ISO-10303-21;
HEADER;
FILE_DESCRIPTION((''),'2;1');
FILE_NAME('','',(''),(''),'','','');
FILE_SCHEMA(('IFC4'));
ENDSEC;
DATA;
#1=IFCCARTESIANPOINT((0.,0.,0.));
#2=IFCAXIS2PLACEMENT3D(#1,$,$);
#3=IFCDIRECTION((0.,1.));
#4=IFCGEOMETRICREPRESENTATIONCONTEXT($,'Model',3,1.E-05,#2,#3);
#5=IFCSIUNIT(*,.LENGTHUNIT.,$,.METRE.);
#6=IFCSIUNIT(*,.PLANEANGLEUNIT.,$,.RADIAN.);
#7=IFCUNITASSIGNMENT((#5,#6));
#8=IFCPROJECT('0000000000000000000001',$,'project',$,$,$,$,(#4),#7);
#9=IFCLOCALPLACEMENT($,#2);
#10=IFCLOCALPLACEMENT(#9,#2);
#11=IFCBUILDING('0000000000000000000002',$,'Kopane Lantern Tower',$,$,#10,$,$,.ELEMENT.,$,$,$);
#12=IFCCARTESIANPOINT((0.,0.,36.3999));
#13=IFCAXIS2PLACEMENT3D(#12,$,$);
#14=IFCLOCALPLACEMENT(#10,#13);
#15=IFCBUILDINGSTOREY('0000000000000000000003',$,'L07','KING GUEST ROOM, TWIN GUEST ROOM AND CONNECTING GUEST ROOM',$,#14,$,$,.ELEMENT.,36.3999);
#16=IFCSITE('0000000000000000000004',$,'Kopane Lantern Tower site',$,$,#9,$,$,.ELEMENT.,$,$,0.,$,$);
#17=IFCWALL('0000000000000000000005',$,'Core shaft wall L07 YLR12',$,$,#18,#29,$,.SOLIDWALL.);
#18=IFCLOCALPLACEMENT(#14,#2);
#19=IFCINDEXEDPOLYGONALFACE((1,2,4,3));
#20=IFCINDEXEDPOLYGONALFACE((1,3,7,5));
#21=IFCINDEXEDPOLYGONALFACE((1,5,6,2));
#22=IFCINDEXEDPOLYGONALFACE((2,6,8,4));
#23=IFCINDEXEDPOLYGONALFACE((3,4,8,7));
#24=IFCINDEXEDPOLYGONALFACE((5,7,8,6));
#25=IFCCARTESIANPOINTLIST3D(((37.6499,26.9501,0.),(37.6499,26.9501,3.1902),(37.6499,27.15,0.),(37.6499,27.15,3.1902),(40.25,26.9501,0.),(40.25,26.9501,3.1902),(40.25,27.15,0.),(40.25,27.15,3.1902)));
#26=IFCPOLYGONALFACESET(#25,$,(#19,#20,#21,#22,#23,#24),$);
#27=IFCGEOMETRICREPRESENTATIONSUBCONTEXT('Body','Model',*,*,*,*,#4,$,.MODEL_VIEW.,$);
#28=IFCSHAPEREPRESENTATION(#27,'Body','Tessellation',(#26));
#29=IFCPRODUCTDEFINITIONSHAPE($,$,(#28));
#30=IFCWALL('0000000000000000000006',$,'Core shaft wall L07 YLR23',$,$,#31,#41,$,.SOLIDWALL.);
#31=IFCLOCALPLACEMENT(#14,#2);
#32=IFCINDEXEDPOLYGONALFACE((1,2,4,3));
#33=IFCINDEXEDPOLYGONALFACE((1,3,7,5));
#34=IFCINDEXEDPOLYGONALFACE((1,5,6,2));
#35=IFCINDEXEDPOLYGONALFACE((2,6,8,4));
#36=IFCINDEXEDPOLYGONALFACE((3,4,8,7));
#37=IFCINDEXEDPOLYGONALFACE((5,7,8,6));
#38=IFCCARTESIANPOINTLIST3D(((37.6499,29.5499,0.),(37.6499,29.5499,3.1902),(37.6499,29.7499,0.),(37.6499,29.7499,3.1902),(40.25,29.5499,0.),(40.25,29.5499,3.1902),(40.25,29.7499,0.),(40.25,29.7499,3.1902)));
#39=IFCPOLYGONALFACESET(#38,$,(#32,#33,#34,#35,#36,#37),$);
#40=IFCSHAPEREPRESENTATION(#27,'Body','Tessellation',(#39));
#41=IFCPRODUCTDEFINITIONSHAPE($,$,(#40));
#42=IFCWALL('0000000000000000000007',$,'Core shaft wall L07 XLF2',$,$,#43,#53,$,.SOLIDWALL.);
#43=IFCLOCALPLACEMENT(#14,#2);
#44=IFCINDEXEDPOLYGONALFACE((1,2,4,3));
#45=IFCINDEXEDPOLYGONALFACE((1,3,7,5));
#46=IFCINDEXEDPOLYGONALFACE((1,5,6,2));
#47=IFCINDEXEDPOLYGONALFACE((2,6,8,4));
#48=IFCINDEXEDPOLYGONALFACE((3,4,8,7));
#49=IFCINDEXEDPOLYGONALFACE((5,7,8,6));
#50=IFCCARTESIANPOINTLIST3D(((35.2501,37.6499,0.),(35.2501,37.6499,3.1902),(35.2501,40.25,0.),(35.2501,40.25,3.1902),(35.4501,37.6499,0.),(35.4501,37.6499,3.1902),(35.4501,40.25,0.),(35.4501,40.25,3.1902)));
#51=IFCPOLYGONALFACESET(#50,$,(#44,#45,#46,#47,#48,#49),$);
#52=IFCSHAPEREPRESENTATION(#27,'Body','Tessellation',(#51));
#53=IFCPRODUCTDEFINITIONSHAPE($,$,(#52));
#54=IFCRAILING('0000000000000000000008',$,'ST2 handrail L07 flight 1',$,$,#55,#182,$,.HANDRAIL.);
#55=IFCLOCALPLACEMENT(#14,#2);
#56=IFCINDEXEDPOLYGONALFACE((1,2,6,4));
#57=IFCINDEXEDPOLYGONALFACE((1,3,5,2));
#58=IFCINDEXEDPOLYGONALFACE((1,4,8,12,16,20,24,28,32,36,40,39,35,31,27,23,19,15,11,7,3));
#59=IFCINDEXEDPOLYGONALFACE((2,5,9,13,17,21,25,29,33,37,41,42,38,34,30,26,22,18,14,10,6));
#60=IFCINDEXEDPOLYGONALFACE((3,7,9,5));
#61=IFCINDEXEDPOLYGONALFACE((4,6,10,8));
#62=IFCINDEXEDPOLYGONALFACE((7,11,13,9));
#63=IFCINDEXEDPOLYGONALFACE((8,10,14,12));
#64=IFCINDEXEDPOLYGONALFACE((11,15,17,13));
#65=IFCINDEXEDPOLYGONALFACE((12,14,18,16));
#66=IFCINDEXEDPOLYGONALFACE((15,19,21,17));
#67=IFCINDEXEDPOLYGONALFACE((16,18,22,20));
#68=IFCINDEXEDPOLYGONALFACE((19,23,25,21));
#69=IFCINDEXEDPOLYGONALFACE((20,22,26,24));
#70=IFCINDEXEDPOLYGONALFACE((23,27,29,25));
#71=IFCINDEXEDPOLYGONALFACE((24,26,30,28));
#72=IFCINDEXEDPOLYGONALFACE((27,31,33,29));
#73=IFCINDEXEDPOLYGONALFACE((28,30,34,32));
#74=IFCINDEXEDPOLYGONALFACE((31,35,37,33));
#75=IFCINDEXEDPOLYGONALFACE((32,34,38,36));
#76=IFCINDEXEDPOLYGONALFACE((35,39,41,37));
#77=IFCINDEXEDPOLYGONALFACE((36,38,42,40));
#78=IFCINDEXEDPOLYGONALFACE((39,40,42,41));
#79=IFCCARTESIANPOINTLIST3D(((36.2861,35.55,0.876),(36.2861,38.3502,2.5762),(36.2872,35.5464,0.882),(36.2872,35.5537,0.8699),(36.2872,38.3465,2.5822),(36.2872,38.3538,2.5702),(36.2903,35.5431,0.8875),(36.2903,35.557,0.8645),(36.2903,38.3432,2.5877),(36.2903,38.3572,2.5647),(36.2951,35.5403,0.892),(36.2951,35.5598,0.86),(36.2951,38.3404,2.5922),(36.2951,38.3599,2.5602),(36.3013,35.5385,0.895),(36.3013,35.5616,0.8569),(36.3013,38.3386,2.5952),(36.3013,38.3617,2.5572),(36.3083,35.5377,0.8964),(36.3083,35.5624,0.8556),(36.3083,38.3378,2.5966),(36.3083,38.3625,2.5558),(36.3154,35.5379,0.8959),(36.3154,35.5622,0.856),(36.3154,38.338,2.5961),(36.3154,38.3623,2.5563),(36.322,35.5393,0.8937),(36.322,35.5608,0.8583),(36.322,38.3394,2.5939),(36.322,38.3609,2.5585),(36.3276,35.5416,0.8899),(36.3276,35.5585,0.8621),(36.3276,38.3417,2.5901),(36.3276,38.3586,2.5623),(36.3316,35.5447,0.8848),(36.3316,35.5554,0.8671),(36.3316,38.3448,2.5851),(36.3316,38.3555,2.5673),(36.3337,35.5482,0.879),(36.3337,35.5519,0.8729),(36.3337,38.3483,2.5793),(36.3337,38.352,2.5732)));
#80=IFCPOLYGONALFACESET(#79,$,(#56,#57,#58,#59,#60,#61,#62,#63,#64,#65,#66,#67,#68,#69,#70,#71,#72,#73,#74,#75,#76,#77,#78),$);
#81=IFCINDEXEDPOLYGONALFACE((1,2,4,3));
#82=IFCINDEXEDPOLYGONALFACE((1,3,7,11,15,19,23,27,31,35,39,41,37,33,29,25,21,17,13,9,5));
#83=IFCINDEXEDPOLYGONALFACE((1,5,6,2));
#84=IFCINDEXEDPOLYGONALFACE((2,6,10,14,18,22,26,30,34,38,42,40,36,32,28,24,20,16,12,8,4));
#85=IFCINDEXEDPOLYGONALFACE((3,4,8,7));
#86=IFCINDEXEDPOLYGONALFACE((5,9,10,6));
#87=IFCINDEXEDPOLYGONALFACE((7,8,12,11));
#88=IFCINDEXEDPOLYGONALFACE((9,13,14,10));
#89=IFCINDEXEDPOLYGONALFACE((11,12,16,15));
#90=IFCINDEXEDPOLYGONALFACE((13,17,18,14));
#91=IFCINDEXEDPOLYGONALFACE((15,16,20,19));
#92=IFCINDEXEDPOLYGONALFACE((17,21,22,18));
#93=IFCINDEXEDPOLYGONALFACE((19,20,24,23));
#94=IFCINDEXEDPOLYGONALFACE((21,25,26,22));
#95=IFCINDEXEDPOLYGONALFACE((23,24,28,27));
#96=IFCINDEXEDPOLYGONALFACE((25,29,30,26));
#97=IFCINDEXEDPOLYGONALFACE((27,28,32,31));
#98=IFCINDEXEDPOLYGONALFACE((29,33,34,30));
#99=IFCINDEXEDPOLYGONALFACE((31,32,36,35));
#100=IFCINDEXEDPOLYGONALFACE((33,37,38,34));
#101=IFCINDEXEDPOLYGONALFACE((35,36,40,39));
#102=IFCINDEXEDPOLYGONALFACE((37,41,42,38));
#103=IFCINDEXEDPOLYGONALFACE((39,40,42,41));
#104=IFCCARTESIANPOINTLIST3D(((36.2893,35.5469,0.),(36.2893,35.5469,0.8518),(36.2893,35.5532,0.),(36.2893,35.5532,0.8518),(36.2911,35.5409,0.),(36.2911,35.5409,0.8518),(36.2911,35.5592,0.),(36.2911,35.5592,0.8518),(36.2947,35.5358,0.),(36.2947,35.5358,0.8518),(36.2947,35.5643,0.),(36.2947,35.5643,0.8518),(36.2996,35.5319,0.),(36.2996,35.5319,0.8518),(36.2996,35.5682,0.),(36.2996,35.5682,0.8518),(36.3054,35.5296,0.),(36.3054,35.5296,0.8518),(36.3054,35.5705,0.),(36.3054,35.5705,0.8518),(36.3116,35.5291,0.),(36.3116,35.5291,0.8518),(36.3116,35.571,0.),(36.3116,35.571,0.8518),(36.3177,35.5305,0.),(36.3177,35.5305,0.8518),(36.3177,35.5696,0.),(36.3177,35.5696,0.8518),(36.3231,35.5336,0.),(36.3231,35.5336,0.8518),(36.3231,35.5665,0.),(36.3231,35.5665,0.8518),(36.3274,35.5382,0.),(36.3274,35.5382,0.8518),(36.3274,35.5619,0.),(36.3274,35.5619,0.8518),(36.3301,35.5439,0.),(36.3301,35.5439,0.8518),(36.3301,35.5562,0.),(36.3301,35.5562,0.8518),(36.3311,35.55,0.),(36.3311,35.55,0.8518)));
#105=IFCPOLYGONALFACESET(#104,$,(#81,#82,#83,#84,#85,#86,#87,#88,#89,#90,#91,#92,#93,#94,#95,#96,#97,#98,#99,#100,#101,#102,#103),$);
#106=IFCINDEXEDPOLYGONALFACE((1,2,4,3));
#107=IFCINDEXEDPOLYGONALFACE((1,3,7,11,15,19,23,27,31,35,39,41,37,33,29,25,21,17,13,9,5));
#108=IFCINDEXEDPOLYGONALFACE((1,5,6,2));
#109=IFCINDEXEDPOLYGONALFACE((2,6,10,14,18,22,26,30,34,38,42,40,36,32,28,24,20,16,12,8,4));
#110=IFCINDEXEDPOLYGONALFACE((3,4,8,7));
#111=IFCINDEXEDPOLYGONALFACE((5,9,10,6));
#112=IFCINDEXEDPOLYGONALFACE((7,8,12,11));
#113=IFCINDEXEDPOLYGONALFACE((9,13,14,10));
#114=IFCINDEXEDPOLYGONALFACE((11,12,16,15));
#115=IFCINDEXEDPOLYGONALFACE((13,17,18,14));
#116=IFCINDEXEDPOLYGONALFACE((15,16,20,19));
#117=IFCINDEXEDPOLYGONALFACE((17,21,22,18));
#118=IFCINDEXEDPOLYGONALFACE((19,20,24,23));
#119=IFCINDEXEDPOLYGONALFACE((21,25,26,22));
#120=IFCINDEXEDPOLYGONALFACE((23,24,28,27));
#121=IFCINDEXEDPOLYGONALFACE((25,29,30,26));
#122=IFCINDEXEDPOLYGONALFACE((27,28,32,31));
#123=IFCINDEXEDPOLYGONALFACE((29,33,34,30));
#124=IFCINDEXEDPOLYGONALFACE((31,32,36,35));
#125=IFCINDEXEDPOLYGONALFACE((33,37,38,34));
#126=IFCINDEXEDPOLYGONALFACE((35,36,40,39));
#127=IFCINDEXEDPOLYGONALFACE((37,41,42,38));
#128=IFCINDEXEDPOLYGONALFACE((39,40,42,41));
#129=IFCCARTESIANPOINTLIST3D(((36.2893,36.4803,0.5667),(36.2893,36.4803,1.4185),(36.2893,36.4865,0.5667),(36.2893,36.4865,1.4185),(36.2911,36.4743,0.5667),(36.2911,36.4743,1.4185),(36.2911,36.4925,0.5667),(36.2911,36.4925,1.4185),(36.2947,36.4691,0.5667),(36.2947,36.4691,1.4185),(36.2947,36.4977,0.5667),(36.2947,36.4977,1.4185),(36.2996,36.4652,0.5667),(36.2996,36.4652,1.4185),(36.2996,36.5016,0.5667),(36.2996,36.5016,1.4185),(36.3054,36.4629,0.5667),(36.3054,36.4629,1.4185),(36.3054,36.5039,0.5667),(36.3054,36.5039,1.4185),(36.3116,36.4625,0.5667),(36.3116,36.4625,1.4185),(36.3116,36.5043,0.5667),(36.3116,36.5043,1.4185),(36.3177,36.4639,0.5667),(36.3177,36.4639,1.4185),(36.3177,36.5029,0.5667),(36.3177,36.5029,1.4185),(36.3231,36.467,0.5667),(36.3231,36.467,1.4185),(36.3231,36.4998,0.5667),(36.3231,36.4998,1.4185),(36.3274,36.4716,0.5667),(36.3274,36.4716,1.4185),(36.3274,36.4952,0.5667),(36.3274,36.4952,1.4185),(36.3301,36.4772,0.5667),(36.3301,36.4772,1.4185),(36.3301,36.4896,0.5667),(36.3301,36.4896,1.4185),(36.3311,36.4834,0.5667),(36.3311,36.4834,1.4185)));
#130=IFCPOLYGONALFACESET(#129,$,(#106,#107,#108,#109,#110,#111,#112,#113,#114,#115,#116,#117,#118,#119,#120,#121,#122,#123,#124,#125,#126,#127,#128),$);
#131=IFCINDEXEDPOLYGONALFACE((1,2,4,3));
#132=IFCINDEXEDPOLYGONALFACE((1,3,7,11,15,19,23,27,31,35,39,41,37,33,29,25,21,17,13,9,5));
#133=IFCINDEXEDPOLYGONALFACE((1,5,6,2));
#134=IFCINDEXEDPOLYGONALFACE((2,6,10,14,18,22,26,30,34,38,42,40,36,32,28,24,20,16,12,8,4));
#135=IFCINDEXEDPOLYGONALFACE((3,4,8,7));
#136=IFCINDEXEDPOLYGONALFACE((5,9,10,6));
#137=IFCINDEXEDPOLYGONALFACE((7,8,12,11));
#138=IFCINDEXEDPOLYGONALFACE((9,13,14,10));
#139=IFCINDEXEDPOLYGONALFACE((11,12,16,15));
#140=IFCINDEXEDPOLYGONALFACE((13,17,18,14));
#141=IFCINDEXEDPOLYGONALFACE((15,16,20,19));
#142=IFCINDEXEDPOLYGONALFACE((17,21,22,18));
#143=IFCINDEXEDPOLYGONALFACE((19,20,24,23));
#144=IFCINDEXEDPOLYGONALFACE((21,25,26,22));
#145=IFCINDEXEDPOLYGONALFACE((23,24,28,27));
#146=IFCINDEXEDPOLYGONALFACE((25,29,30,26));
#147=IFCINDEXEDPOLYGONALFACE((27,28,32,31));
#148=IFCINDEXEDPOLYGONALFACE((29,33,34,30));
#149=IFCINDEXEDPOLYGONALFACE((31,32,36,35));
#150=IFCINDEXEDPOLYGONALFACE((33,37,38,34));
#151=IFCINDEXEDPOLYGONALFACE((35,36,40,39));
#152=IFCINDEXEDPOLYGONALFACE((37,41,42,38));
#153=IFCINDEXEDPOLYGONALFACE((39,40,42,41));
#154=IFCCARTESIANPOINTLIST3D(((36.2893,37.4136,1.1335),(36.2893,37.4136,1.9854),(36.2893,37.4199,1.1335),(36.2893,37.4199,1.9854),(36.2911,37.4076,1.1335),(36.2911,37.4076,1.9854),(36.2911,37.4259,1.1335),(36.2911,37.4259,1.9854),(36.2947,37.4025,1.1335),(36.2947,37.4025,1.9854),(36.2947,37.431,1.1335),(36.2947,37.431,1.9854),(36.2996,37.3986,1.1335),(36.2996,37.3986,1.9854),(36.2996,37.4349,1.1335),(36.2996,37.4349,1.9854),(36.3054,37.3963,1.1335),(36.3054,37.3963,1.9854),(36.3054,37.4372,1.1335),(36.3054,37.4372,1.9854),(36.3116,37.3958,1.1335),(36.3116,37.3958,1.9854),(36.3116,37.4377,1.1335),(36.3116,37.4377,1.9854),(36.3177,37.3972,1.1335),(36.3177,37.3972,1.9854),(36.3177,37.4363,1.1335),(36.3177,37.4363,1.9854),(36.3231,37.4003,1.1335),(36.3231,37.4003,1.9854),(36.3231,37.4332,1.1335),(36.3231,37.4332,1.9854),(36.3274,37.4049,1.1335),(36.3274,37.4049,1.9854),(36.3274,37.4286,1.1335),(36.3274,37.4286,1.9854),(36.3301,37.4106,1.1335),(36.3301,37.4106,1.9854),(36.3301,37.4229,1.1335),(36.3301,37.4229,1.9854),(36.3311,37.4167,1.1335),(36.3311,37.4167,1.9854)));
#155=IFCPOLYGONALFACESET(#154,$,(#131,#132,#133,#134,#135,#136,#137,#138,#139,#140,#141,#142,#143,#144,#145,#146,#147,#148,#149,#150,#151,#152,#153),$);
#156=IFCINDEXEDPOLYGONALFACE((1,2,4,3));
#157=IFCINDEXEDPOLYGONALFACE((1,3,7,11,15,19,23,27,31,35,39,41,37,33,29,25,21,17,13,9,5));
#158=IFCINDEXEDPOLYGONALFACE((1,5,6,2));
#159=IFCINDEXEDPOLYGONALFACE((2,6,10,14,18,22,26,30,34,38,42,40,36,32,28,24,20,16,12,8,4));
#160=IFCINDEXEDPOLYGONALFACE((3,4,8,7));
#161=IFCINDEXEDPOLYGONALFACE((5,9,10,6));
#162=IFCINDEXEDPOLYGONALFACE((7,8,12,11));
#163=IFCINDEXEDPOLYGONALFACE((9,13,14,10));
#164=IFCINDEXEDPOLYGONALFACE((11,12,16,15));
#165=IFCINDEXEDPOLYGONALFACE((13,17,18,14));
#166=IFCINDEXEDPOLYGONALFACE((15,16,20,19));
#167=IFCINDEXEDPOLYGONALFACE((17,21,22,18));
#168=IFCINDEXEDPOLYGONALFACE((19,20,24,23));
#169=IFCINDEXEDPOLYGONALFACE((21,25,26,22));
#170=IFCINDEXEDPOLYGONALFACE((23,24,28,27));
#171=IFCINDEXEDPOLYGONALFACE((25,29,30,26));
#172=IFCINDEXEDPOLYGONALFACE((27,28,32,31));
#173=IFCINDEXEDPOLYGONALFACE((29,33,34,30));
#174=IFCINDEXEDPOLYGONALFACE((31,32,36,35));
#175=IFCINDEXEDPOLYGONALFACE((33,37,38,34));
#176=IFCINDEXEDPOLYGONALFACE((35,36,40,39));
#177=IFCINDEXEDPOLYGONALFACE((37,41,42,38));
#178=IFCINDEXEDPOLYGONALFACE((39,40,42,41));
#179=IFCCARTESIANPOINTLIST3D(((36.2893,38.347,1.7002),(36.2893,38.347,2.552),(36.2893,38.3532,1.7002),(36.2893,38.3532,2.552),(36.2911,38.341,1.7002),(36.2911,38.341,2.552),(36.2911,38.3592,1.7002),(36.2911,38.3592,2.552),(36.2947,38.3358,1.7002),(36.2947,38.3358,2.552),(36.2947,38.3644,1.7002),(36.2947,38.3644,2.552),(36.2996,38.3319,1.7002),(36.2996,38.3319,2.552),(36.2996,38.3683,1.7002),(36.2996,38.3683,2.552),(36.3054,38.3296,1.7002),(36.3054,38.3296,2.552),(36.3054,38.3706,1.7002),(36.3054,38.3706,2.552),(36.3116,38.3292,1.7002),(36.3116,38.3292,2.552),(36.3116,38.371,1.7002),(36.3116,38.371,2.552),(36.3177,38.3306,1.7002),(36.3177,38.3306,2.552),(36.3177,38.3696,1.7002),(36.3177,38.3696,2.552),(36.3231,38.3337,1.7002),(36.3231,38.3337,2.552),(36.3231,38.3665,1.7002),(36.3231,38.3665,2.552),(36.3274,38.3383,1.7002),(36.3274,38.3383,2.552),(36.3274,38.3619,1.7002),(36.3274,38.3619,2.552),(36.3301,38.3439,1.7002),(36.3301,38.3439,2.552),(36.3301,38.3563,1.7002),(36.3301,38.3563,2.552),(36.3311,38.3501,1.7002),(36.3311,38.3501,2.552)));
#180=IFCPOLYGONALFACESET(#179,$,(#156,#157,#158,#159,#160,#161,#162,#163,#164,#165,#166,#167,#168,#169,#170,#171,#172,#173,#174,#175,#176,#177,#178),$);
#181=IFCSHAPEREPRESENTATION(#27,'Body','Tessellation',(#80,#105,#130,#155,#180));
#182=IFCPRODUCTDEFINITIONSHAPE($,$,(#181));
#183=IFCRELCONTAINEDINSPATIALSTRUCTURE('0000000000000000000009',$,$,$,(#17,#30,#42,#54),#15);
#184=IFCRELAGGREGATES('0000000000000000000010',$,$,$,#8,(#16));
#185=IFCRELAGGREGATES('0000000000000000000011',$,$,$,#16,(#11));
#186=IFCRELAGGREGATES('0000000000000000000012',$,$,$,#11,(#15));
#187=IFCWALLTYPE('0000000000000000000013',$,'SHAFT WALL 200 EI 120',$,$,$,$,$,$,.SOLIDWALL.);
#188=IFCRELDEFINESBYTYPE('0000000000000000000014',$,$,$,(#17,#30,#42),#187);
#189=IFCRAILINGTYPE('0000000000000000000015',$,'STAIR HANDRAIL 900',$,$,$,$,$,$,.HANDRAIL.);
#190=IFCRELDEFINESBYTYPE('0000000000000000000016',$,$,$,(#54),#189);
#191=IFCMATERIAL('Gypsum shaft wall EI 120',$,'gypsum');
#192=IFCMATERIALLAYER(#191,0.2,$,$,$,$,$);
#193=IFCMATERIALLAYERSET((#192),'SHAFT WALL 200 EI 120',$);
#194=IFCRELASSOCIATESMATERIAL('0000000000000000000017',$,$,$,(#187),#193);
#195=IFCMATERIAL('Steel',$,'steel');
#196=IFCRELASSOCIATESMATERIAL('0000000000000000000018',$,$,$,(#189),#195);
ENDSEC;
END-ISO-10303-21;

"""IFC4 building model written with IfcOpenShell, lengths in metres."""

from ifc_helpers import new_model, si_unit, direction, frame, frame_2d, origin, origin_2d, place, context, subcontext, project, spatial, rectangle, circle, extrude, material, layer, layer_set, type_object, element, save


model = new_model("IFC4")

# Units and contexts
model_context = context("Model", 3, precision=1e-05, world=origin(), true_north=direction((0.0, 1.0)))
body_context = subcontext(model_context, "Body", "Model", "MODEL_VIEW")
ifc_project = project(units=[si_unit("LENGTHUNIT", "METRE"), si_unit("PLANEANGLEUNIT", "RADIAN")], contexts=[model_context])

# Site, building, storey
site_placement = place(None, origin())
site = spatial("IfcSite", under=ifc_project, at=site_placement, Name="Kopane Lantern Tower site", CompositionType="ELEMENT", RefElevation=0.0)
building_placement = place(site_placement, origin())
building = spatial("IfcBuilding", under=site, at=building_placement, Name="Kopane Lantern Tower", CompositionType="ELEMENT")
storey_placement = place(building_placement, frame((0.0, 0.0, 36.3999)))
storey = spatial("IfcBuildingStorey", under=building, at=storey_placement, Name="L07", Description="KING GUEST ROOM, TWIN GUEST ROOM AND CONNECTING GUEST ROOM", CompositionType="ELEMENT", Elevation=36.3999)

# Shared definitions
ifc_material_1 = material(Name="Gypsum shaft wall EI 120", Category="gypsum")
ifc_layer_1 = layer(ifc_material_1, 0.2)
ifc_layer_set_1 = layer_set([ifc_layer_1], Name="SHAFT WALL 200 EI 120")
wall_type_1 = type_object("IfcWallType", Name="SHAFT WALL 200 EI 120", PredefinedType="SOLIDWALL", material=ifc_layer_set_1)

# Walls
for number, where, z_axis, x_axis, name in (
    (1, (37.6499, 27.05, 0.0), (0.0, 0.0, 1.0), (1.0, 0.0, 0.0), "Core shaft wall L07 YLR12"),
    (2, (37.6499, 29.6499, 0.0), (0.0, 0.0, 1.0), (1.0, 0.0, 0.0), "Core shaft wall L07 YLR23"),
    (3, (35.3501, 37.6499, 0.0), (0.0, 0.0, 1.0), (0.0, 1.0, 0.0), "Core shaft wall L07 XLF2"),
):
    element("IfcWall", number, at=place(storey_placement, frame(where, z_axis=z_axis, x_axis=x_axis)), inside=storey, type_object=wall_type_1, Name=name, PredefinedType="SOLIDWALL", context=body_context, shape_type="SweptSolid", body=[
        extrude(rectangle(XDim=2.6001, YDim=0.2, at=frame_2d((1.3, 0.0))), origin(), (0.0, 0.0, 1.0), 3.1902),
    ])

# Railing
ifc_material_2 = material(Name="Steel", Category="steel")
railing_type_1 = type_object("IfcRailingType", Name="STAIR HANDRAIL 900", PredefinedType="HANDRAIL", material=ifc_material_2)
for number, where, name in (
    (4, (36.3101, 35.55, 0.0), "ST2 handrail L07 flight 1"),
):
    element("IfcRailing", number, at=place(storey_placement, frame(where)), inside=storey, type_object=railing_type_1, Name=name, PredefinedType="HANDRAIL", context=body_context, shape_type="SweptSolid", body=[
        extrude(circle(Radius=0.0239, at=origin_2d()), frame((0.0, 0.0, 0.876), z_axis=(0.0, 0.854765, 0.519015), x_axis=(-1.0, 0.0, 0.0)), (0.0, 0.0, 1.0), 3.2759),
        extrude(circle(Radius=0.021, at=origin_2d()), origin(), (0.0, 0.0, 1.0), 0.8518),
        extrude(circle(Radius=0.021, at=origin_2d()), frame((0.0, 0.9333, 0.5667)), (0.0, 0.0, 1.0), 0.8518),
        extrude(circle(Radius=0.021, at=origin_2d()), frame((0.0, 1.8667, 1.1335)), (0.0, 0.0, 1.0), 0.8518),
        extrude(circle(Radius=0.021, at=origin_2d()), frame((0.0, 2.8, 1.7002)), (0.0, 0.0, 1.0), 0.8518),
    ])

save(model, "model.ifc")
